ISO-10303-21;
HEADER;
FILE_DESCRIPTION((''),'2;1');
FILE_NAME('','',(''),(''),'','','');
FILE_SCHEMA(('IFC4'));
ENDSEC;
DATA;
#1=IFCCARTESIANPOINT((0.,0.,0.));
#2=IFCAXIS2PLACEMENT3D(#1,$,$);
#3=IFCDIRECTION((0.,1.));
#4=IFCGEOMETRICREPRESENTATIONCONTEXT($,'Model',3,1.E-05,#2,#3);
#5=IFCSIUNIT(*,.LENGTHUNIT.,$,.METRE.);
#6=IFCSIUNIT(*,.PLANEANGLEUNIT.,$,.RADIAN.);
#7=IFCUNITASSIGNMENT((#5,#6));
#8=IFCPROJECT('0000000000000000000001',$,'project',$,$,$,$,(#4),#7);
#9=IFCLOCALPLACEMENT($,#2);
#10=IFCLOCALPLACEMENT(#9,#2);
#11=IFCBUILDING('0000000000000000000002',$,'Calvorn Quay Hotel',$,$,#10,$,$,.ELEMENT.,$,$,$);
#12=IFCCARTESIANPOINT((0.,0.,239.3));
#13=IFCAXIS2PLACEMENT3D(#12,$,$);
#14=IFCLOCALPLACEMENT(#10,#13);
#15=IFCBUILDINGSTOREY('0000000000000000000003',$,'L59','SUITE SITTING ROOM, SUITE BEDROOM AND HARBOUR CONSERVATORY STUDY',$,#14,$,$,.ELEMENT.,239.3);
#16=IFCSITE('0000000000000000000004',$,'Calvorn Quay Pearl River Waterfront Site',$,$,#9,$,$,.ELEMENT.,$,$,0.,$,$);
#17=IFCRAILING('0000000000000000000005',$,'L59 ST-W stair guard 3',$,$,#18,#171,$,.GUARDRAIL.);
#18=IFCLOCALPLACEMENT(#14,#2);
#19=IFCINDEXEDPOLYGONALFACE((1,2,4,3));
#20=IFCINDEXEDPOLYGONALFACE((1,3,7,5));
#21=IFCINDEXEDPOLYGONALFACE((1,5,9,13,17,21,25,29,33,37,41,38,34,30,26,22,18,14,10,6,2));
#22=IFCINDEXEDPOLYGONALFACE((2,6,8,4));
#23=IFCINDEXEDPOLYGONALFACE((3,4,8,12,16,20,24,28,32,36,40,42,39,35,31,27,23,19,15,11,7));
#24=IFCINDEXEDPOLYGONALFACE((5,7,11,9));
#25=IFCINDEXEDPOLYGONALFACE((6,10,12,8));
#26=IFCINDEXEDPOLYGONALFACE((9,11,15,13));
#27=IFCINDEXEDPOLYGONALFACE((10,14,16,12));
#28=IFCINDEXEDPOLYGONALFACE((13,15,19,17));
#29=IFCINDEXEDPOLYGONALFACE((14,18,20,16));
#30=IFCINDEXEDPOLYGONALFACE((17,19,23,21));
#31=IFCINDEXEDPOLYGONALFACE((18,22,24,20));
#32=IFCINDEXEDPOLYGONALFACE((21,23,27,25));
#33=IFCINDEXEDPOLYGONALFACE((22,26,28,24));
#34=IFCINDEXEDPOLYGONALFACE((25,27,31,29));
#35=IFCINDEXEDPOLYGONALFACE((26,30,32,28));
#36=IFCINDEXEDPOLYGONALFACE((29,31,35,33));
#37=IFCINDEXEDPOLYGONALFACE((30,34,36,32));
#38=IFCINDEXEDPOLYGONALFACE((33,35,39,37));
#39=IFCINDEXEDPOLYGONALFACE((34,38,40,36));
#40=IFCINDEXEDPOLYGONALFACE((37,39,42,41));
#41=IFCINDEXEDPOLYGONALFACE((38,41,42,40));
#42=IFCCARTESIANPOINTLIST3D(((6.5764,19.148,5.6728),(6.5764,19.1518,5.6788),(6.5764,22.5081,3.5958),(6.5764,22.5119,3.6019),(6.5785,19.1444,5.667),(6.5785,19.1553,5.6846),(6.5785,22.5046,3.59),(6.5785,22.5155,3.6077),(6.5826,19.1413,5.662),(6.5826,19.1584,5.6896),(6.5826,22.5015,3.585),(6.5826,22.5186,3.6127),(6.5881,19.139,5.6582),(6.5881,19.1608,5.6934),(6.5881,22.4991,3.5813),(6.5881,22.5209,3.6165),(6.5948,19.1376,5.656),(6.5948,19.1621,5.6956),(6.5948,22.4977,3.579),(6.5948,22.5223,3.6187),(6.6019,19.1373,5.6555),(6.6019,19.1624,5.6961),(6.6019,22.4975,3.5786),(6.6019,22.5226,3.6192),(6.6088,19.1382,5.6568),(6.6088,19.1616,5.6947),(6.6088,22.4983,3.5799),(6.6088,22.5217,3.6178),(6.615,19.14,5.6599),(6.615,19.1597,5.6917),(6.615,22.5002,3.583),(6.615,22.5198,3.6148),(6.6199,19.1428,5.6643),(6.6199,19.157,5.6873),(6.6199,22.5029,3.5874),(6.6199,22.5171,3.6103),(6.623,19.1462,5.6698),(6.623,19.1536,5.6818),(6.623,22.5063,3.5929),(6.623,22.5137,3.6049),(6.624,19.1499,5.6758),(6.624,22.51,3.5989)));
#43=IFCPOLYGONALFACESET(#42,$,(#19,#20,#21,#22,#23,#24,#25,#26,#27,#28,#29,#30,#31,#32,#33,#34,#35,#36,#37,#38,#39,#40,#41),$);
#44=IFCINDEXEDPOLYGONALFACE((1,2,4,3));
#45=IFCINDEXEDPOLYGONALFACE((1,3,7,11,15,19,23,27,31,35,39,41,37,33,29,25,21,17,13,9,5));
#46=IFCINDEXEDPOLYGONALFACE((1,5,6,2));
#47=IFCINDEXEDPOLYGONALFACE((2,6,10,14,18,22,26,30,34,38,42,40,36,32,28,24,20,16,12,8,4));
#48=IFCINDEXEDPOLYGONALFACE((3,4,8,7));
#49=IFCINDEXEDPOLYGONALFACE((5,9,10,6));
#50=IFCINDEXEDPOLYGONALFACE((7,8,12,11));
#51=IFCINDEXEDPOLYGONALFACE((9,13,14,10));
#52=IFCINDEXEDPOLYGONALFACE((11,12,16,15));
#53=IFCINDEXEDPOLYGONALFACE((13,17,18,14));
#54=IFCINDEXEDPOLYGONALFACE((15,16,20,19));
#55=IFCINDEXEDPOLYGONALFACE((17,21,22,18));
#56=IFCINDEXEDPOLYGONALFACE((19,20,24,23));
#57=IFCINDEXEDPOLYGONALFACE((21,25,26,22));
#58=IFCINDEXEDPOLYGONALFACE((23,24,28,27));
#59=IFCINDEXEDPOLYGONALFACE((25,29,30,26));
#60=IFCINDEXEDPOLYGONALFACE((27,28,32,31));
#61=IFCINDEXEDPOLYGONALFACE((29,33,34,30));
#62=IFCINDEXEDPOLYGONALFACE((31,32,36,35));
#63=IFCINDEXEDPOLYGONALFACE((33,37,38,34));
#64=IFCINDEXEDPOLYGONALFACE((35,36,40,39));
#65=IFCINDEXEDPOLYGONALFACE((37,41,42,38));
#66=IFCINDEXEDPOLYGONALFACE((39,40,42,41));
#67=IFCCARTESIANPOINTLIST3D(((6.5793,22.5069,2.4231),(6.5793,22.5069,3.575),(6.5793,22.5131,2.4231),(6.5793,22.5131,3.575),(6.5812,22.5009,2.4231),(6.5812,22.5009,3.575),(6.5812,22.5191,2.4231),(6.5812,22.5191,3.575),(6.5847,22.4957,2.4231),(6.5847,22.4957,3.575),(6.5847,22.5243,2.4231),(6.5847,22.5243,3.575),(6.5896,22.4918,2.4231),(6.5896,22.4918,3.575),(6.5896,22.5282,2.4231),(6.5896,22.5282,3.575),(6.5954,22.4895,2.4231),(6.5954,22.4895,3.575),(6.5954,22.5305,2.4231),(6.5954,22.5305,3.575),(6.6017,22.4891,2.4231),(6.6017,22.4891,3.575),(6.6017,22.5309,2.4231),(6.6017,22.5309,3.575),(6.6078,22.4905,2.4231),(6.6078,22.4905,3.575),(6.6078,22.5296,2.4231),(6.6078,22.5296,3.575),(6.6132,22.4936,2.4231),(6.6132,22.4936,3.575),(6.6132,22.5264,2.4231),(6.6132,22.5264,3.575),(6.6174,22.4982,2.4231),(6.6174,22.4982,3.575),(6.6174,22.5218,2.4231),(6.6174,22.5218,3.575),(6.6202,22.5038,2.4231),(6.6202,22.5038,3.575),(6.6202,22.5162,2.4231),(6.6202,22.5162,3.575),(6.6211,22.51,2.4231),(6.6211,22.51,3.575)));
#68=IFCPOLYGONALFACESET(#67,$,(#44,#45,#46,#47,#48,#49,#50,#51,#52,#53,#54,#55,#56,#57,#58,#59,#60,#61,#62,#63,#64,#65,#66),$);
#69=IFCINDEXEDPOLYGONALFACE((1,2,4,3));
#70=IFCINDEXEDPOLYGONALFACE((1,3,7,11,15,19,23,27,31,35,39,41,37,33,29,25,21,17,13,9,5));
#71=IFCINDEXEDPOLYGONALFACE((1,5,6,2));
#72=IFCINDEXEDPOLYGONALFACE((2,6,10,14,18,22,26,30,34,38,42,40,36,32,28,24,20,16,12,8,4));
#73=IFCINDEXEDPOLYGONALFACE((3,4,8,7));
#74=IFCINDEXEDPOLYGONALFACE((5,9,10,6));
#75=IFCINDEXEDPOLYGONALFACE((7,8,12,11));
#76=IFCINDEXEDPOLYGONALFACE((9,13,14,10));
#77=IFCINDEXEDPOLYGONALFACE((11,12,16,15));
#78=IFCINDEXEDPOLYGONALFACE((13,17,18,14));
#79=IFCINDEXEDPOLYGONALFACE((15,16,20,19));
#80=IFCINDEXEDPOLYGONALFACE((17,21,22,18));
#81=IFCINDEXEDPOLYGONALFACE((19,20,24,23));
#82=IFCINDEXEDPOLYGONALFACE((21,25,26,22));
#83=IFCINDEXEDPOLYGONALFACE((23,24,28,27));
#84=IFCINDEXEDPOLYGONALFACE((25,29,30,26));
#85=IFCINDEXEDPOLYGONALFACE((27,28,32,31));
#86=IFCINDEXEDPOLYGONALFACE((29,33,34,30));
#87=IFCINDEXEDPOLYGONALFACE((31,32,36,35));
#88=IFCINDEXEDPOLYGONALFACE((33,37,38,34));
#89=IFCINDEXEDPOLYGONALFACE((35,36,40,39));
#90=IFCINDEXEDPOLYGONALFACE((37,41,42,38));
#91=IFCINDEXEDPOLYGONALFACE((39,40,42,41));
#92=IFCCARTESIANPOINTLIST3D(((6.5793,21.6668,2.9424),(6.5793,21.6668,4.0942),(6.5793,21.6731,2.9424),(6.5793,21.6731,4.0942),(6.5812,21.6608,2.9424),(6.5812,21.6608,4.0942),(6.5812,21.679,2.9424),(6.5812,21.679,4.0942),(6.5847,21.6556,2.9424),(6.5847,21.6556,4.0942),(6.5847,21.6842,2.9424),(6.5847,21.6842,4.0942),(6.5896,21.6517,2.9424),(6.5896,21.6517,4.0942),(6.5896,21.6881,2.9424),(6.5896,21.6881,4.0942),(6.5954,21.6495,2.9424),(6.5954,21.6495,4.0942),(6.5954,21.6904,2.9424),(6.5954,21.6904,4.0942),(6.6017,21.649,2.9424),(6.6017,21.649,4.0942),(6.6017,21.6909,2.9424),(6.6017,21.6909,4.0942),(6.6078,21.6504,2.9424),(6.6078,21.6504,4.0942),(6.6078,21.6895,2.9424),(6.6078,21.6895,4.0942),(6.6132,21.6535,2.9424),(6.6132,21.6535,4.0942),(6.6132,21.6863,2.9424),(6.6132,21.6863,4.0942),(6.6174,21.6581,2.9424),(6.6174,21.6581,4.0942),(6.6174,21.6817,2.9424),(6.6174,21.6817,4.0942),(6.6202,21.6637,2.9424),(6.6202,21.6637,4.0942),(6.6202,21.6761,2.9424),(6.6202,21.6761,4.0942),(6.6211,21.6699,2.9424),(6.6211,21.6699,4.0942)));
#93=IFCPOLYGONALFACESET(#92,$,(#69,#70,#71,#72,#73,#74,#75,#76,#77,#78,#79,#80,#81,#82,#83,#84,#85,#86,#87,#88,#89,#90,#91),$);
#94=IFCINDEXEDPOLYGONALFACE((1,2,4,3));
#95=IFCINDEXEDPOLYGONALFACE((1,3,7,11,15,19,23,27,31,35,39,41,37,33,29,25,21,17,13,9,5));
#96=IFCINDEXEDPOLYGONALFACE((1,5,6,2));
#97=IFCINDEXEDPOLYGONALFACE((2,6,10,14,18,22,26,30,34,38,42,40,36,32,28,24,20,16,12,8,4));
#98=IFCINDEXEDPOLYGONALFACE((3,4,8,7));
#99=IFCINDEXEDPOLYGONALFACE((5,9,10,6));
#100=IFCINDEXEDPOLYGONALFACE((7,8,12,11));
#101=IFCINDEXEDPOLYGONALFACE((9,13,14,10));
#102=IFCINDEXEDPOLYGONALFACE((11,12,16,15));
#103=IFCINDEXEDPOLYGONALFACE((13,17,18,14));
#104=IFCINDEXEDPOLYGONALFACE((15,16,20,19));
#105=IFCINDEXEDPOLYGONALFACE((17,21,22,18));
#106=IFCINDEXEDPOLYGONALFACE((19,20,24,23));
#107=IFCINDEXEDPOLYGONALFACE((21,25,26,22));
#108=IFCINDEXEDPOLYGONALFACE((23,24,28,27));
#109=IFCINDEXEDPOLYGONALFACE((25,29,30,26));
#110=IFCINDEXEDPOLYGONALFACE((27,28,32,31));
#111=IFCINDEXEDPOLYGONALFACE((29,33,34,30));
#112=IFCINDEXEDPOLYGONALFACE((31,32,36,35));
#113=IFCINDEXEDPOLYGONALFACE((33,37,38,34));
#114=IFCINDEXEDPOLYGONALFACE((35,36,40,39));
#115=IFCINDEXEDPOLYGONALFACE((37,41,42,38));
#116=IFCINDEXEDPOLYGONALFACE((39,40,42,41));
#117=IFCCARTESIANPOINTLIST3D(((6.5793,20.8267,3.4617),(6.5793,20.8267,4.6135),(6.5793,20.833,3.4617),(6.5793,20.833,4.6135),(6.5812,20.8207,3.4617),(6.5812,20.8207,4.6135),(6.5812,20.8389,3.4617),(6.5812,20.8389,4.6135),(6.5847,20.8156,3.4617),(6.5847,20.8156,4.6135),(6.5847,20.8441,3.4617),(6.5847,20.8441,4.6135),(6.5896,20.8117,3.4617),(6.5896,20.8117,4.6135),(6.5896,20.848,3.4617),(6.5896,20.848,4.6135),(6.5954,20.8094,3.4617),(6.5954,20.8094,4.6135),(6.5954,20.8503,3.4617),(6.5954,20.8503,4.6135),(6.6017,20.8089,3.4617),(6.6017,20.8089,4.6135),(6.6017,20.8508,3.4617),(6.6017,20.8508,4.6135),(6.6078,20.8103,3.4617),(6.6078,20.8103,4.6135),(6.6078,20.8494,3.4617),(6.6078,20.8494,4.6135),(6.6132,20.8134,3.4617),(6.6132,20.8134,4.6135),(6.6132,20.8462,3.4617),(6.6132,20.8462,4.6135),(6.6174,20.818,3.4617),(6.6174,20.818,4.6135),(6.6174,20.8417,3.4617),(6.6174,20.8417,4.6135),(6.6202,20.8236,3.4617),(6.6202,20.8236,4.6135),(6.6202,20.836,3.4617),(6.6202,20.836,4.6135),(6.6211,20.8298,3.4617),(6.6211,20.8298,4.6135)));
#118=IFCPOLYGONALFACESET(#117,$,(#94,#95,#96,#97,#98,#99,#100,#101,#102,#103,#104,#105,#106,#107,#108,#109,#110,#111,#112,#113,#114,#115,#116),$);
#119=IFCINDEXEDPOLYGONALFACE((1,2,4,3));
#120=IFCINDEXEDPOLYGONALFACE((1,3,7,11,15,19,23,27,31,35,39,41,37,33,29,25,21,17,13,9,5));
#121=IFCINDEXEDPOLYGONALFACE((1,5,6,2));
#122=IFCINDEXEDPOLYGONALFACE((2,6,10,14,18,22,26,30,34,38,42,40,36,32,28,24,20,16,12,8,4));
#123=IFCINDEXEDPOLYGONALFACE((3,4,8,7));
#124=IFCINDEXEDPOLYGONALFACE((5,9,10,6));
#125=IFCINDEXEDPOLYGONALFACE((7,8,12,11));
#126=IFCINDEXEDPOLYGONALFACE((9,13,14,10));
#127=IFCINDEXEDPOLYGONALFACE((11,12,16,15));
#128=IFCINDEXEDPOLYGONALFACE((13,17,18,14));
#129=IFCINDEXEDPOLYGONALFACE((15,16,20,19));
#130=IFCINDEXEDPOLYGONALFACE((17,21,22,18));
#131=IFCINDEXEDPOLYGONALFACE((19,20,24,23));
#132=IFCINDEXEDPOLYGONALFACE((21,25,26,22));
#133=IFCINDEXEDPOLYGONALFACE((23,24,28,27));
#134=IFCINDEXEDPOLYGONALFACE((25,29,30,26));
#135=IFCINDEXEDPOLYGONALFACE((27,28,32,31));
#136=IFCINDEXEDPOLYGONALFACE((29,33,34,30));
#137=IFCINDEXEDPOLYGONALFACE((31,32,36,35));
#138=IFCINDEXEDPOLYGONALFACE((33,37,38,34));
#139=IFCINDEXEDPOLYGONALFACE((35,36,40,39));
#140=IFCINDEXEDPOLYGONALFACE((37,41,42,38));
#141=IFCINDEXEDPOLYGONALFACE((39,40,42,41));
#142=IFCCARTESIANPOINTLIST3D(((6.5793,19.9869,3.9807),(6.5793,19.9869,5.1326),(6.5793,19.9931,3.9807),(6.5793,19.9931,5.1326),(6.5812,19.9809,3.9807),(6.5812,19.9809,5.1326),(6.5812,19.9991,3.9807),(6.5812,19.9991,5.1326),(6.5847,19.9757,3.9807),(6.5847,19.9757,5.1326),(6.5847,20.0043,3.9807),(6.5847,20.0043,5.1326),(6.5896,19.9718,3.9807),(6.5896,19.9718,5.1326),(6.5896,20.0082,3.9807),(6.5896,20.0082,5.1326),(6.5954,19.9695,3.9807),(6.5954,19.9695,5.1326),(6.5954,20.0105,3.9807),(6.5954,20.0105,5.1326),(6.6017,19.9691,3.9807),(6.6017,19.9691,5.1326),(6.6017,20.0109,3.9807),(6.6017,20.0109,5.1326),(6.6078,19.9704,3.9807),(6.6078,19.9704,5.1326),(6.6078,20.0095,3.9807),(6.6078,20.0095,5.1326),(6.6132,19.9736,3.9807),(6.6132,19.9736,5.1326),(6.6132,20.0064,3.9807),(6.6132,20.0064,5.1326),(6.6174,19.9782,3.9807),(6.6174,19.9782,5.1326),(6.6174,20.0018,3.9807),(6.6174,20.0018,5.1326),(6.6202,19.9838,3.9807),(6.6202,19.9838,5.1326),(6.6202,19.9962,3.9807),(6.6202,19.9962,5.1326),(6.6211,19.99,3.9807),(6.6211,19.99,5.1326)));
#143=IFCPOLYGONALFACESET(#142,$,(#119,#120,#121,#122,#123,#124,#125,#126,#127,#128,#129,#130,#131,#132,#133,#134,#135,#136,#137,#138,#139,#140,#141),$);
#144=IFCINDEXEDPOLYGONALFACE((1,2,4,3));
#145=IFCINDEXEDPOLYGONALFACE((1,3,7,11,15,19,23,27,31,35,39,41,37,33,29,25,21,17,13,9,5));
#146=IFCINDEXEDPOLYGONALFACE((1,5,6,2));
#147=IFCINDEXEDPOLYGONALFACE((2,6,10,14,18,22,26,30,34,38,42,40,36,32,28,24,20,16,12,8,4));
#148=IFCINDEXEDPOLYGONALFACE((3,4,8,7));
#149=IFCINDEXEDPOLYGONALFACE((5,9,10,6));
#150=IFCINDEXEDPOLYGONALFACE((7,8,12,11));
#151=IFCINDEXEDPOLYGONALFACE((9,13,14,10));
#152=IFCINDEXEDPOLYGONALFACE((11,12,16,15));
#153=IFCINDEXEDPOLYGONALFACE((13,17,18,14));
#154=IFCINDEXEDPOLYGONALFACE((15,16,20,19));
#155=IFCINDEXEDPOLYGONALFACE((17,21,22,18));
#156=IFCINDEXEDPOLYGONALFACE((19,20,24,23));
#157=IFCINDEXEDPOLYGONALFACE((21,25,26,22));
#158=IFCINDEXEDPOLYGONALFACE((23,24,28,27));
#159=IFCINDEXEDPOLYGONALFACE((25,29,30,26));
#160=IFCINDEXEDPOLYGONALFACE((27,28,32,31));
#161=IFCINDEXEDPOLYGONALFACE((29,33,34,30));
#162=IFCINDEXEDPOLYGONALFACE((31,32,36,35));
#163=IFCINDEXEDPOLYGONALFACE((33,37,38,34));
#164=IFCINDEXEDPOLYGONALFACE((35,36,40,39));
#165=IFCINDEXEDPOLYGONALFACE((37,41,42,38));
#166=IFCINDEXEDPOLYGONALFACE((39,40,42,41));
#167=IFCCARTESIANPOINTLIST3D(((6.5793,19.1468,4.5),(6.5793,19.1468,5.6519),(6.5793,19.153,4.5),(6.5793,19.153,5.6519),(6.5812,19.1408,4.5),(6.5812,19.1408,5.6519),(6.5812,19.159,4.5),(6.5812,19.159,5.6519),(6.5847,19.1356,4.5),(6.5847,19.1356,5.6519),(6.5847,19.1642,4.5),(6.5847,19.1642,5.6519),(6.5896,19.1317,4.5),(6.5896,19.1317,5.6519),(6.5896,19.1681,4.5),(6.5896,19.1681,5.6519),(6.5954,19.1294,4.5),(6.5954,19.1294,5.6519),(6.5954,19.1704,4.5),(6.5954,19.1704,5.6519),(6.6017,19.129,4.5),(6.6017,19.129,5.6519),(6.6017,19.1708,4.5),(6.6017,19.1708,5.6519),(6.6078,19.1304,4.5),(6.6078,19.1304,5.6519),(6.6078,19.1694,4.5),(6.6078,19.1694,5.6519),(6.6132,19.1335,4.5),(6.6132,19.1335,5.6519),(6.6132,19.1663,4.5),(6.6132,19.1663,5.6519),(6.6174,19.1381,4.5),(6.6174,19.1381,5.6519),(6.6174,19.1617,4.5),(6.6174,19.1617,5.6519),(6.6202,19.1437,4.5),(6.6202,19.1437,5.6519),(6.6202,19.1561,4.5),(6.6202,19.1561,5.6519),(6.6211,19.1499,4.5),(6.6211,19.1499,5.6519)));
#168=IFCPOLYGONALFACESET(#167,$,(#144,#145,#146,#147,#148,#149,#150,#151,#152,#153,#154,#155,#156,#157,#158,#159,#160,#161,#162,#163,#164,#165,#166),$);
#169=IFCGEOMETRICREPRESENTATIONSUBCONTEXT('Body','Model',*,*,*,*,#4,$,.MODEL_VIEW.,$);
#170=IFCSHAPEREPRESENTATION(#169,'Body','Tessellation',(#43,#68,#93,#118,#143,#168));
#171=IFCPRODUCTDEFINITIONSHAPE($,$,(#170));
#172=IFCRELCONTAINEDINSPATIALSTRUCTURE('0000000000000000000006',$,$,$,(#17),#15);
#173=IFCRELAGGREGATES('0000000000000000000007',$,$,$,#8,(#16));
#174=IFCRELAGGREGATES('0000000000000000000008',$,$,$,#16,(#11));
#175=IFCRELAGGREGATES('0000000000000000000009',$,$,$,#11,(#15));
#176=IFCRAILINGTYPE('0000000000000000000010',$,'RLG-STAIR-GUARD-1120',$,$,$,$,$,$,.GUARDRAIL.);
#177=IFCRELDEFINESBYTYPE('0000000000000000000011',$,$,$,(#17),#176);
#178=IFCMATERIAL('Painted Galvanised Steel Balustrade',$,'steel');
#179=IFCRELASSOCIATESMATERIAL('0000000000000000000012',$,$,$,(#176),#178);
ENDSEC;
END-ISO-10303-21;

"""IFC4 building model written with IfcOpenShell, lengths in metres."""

from ifc_helpers import new_model, si_unit, direction, frame, origin, origin_2d, place, context, subcontext, project, spatial, circle, extrude, material, type_object, element, save


model = new_model("IFC4")

# Units and contexts
model_context = context("Model", 3, precision=1e-05, world=origin(), true_north=direction((0.0, 1.0)))
body_context = subcontext(model_context, "Body", "Model", "MODEL_VIEW")
ifc_project = project(units=[si_unit("LENGTHUNIT", "METRE"), si_unit("PLANEANGLEUNIT", "RADIAN")], contexts=[model_context])

# Site, building, storey
site_placement = place(None, origin())
site = spatial("IfcSite", under=ifc_project, at=site_placement, Name="Calvorn Quay Pearl River Waterfront Site", CompositionType="ELEMENT", RefElevation=0.0)
building_placement = place(site_placement, origin())
building = spatial("IfcBuilding", under=site, at=building_placement, Name="Calvorn Quay Hotel", CompositionType="ELEMENT")
storey_placement = place(building_placement, frame((0.0, 0.0, 239.3)))
storey = spatial("IfcBuildingStorey", under=building, at=storey_placement, Name="L59", Description="SUITE SITTING ROOM, SUITE BEDROOM AND HARBOUR CONSERVATORY STUDY", CompositionType="ELEMENT", Elevation=239.3)

# Railing
ifc_material_1 = material(Name="Painted Galvanised Steel Balustrade", Category="steel")
railing_type_1 = type_object("IfcRailingType", Name="RLG-STAIR-GUARD-1120", PredefinedType="GUARDRAIL", material=ifc_material_1)
railing_1_placement = place(storey_placement, frame((6.6001, 22.51, 2.4231)))
element("IfcRailing", 1, at=railing_1_placement, inside=storey, type_object=railing_type_1, Name="L59 ST-W stair guard 3", PredefinedType="GUARDRAIL", context=body_context, shape_type="SweptSolid", body=[
    extrude(circle(Radius=0.0239, at=origin_2d()), frame((0.0, 0.0, 1.1758), z_axis=(0.0, -0.850623, 0.525776), x_axis=(1.0, 0.0, 0.0)), (0.0, 0.0, 1.0), 3.9502),
    extrude(circle(Radius=0.021, at=origin_2d()), origin(), (0.0, 0.0, 1.0), 1.1519),
    extrude(circle(Radius=0.021, at=origin_2d()), frame((0.0, -0.8401, 0.5193)), (0.0, 0.0, 1.0), 1.1519),
    extrude(circle(Radius=0.021, at=origin_2d()), frame((0.0, -1.6802, 1.0386)), (0.0, 0.0, 1.0), 1.1519),
    extrude(circle(Radius=0.021, at=origin_2d()), frame((0.0, -2.52, 1.5576)), (0.0, 0.0, 1.0), 1.1519),
    extrude(circle(Radius=0.021, at=origin_2d()), frame((0.0, -3.3601, 2.0769)), (0.0, 0.0, 1.0), 1.1519),
])

save(model, "model.ifc")
